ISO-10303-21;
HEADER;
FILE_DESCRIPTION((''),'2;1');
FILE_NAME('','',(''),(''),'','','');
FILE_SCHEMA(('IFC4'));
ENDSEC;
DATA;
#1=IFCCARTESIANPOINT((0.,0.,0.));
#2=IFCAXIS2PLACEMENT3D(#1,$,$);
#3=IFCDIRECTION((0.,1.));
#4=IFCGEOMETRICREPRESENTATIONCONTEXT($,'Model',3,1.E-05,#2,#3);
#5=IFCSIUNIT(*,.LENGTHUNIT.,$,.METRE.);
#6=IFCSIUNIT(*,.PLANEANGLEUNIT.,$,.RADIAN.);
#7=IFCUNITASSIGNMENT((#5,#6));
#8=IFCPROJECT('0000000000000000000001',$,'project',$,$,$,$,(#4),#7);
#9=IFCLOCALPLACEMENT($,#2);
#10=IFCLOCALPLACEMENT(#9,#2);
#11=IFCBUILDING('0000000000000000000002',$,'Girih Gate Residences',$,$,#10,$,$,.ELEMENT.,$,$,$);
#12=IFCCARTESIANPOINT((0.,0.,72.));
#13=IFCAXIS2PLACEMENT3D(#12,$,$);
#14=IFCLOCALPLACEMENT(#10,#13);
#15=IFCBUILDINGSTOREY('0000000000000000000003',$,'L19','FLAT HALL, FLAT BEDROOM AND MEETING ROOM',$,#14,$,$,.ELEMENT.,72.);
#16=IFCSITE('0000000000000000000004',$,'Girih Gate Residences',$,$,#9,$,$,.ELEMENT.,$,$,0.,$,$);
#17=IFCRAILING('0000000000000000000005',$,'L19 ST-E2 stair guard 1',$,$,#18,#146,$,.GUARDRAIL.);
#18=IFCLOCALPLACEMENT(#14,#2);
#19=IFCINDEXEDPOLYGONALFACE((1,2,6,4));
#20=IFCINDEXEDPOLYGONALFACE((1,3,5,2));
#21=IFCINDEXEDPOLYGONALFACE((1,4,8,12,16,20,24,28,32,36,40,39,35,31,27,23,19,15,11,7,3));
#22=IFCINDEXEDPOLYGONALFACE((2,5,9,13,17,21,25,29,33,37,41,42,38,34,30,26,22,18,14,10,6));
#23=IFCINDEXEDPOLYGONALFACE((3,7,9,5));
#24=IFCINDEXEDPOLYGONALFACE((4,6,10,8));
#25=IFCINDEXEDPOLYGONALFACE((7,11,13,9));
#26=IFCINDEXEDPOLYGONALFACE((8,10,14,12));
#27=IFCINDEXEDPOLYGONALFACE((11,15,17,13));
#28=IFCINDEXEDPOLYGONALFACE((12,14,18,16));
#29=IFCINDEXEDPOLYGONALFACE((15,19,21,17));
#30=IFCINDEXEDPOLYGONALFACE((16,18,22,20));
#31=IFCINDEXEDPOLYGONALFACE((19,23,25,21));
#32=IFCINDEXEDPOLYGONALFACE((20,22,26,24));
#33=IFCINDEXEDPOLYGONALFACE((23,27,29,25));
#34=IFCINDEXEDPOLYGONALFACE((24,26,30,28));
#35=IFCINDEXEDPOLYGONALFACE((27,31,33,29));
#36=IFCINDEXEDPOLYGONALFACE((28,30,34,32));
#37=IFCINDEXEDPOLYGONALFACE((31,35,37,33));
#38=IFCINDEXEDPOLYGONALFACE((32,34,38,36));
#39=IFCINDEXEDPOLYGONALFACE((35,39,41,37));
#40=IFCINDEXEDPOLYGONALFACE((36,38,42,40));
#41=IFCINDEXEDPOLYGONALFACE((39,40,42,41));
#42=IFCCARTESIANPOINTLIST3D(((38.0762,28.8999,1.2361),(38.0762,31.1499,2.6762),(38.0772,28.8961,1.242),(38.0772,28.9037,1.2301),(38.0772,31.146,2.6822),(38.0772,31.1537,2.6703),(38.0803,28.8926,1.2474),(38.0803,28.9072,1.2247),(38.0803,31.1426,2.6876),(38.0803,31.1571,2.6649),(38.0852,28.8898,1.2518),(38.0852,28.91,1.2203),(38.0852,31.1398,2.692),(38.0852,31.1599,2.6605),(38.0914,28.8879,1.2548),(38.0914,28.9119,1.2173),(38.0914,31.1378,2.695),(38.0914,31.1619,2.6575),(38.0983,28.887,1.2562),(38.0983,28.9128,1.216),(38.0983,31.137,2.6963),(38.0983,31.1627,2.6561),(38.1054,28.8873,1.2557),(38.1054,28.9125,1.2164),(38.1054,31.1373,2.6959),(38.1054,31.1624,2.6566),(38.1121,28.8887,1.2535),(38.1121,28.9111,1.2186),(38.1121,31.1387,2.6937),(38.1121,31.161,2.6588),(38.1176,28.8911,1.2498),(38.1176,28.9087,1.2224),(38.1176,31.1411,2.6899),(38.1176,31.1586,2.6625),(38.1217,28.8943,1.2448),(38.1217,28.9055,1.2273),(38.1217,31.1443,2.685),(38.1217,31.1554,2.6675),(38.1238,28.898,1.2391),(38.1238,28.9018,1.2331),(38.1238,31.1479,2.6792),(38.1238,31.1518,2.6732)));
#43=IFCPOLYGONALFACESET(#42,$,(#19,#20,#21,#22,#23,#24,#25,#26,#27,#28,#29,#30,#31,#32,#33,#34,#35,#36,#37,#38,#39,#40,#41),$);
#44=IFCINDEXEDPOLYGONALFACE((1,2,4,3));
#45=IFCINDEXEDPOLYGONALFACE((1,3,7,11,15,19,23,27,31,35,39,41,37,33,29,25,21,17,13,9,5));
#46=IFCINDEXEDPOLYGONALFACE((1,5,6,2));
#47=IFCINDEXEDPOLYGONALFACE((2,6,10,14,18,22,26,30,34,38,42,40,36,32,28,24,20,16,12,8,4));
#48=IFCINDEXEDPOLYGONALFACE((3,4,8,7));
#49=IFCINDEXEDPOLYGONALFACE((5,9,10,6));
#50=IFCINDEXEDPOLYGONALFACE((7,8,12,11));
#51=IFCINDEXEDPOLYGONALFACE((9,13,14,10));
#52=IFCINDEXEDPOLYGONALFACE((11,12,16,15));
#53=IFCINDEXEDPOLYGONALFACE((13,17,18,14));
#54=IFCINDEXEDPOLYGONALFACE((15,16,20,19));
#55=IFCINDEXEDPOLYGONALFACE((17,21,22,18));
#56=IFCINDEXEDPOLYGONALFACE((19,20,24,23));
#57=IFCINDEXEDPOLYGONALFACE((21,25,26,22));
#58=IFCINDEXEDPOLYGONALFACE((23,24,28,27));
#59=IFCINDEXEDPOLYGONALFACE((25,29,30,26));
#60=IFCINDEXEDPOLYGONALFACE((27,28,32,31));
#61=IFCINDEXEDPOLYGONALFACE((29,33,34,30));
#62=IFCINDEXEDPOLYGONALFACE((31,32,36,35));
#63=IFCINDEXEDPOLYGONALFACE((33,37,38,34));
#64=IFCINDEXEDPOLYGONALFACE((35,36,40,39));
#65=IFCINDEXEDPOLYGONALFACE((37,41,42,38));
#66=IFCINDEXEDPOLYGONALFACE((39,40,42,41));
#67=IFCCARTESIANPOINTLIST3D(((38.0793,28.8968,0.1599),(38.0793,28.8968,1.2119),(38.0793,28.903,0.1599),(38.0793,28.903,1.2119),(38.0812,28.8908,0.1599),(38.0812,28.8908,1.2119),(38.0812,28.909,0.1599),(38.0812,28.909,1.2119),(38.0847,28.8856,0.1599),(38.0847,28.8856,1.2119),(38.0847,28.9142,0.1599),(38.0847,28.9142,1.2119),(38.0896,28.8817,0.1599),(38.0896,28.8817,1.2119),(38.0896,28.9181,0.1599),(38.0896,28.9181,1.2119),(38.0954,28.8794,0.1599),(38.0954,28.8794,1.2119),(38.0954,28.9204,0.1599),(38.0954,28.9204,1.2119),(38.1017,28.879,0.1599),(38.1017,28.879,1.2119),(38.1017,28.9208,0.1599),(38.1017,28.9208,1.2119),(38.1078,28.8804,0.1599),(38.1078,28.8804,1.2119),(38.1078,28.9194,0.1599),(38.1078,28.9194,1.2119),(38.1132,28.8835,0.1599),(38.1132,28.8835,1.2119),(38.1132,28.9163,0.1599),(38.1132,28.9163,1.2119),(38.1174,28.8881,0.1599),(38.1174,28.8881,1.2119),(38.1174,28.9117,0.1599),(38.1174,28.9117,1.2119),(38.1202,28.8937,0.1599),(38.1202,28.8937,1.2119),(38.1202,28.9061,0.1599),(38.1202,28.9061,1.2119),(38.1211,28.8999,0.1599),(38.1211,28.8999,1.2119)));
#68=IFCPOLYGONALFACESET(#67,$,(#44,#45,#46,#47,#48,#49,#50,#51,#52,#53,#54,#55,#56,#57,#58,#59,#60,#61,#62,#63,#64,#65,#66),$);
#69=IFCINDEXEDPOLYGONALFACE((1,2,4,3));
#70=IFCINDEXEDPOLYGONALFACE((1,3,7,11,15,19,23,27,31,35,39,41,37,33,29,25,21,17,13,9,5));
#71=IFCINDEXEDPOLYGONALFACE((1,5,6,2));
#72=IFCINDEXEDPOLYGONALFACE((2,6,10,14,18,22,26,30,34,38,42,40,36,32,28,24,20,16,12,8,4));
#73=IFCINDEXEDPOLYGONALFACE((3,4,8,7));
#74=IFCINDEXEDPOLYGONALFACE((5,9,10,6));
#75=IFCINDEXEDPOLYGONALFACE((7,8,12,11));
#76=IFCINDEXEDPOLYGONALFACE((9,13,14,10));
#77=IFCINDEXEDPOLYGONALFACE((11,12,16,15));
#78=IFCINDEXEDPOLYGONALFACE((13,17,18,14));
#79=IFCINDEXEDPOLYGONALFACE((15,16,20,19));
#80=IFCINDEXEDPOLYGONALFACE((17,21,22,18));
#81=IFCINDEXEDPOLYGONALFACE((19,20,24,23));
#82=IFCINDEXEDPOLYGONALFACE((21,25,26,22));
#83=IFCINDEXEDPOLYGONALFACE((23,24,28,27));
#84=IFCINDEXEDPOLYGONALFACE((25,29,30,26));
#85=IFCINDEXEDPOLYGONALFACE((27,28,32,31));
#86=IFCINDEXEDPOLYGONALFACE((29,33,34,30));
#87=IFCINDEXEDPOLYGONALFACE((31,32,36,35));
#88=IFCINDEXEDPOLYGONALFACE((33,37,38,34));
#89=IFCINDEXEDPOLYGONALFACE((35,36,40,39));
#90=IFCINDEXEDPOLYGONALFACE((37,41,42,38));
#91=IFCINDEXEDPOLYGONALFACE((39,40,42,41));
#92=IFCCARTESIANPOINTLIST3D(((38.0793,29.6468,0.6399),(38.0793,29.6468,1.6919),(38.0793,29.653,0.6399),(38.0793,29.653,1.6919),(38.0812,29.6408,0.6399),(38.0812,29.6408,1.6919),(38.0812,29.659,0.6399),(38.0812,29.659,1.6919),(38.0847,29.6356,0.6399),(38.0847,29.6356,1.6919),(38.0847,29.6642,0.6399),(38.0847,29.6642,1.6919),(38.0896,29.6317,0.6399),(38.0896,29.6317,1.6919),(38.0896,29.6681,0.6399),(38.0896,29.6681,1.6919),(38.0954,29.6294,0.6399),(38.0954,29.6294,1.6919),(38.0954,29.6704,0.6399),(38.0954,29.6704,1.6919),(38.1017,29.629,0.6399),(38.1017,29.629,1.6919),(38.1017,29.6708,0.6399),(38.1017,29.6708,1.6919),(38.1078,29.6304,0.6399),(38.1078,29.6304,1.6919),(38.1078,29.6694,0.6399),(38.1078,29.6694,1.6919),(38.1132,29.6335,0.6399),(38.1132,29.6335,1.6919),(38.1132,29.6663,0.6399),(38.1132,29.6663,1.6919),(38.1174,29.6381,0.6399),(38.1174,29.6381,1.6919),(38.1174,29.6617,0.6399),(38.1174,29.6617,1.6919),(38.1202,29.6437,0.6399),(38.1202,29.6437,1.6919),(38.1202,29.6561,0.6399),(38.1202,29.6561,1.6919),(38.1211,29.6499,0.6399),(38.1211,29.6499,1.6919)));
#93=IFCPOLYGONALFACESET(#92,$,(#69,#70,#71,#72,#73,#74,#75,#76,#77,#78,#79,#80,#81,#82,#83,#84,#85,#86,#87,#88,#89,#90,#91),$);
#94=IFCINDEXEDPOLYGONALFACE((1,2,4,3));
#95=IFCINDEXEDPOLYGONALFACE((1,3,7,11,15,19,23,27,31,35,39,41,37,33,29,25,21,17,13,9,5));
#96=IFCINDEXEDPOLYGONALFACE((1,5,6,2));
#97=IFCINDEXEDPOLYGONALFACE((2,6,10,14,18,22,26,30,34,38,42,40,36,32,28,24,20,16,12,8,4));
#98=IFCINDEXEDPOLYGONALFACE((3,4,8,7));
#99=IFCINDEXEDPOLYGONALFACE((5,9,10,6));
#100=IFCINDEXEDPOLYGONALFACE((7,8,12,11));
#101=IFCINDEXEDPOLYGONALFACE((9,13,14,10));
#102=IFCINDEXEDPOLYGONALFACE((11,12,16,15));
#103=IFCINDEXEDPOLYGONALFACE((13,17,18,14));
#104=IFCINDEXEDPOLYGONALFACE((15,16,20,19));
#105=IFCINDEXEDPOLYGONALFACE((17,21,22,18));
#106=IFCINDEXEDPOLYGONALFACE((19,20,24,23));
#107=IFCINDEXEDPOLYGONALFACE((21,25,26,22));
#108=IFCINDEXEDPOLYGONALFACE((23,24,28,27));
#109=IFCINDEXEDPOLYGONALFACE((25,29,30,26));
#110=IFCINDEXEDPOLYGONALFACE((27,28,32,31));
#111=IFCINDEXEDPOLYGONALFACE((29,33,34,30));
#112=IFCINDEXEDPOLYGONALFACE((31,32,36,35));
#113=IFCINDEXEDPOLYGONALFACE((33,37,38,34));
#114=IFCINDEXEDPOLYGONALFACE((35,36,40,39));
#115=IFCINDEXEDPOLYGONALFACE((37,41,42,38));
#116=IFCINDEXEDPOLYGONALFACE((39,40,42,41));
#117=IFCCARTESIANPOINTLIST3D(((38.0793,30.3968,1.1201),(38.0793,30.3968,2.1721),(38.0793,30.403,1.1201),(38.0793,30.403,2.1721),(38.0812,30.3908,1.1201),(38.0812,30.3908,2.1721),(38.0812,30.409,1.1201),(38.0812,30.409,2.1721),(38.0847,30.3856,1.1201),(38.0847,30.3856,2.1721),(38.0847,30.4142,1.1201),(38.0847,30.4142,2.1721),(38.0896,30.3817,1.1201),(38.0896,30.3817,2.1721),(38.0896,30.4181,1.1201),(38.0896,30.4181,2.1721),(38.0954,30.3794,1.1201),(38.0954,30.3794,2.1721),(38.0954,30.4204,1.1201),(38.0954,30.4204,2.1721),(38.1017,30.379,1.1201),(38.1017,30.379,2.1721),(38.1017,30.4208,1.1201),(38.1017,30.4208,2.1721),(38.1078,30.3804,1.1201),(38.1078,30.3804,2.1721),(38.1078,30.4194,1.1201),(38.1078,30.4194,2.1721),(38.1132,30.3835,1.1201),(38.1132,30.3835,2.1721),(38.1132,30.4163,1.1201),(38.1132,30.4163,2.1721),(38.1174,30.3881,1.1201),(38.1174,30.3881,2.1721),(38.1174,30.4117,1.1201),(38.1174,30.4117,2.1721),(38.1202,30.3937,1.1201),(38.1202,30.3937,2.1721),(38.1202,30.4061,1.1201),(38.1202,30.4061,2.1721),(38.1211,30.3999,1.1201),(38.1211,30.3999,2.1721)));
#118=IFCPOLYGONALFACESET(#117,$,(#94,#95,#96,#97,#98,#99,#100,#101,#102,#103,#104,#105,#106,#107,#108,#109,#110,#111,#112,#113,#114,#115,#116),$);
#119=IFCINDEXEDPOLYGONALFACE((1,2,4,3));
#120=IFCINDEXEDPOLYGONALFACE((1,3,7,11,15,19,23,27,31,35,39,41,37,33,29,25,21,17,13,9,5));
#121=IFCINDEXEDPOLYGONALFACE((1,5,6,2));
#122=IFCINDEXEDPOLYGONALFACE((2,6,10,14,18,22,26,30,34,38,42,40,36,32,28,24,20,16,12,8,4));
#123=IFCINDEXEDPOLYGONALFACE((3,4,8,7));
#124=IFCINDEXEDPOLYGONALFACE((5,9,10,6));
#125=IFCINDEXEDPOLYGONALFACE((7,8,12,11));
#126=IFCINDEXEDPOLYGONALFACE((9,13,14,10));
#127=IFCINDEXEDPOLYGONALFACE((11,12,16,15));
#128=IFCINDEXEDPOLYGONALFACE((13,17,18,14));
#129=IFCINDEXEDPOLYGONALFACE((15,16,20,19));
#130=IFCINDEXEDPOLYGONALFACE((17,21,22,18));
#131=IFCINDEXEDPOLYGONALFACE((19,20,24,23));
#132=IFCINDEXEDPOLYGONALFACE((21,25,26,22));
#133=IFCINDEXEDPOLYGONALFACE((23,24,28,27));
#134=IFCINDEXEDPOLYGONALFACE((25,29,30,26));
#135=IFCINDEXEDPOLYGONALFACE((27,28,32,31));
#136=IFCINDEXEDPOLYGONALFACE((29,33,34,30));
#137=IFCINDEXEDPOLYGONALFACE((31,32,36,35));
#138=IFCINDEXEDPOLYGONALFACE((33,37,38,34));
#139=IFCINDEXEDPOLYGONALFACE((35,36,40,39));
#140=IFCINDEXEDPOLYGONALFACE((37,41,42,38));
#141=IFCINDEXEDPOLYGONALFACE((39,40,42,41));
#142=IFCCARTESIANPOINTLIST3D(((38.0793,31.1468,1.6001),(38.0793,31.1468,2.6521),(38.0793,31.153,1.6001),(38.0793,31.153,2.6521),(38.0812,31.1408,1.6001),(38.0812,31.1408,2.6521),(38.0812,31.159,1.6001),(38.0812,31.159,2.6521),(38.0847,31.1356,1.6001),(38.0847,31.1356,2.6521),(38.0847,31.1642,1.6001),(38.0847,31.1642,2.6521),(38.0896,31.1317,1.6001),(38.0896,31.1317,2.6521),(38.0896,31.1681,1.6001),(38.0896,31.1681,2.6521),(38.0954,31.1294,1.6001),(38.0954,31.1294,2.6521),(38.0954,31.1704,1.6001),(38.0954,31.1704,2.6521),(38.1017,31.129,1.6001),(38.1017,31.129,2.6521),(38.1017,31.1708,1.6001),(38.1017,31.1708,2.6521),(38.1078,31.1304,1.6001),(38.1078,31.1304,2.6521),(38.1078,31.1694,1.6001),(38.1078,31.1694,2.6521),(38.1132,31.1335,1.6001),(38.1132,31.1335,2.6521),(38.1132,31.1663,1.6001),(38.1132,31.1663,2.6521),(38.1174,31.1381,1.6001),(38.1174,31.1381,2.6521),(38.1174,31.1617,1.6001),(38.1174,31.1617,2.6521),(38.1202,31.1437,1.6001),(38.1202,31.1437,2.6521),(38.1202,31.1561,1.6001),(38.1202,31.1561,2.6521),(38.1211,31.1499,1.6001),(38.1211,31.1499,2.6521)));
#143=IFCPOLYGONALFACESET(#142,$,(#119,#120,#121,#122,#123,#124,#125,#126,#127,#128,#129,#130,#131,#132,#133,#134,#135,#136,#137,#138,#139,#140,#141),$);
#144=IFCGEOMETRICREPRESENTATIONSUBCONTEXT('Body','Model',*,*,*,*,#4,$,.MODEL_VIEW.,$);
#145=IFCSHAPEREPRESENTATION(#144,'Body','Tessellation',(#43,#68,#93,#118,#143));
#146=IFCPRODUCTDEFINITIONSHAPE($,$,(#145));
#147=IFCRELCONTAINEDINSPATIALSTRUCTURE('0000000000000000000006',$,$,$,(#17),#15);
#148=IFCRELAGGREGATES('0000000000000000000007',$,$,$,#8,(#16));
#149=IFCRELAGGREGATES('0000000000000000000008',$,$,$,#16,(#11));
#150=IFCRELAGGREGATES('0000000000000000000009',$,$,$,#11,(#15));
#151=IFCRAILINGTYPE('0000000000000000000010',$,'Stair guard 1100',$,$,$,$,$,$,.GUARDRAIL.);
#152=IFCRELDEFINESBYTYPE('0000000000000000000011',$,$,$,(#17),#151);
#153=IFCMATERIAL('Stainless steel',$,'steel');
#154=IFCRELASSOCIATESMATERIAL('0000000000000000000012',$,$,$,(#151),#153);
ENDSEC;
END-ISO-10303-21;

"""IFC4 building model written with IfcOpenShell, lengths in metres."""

from ifc_helpers import new_model, si_unit, direction, frame, origin, origin_2d, place, context, subcontext, project, spatial, circle, extrude, material, type_object, element, save


model = new_model("IFC4")

# Units and contexts
model_context = context("Model", 3, precision=1e-05, world=origin(), true_north=direction((0.0, 1.0)))
body_context = subcontext(model_context, "Body", "Model", "MODEL_VIEW")
ifc_project = project(units=[si_unit("LENGTHUNIT", "METRE"), si_unit("PLANEANGLEUNIT", "RADIAN")], contexts=[model_context])

# Site, building, storey
site_placement = place(None, origin())
site = spatial("IfcSite", under=ifc_project, at=site_placement, Name="Girih Gate Residences", CompositionType="ELEMENT", RefElevation=0.0)
building_placement = place(site_placement, origin())
building = spatial("IfcBuilding", under=site, at=building_placement, Name="Girih Gate Residences", CompositionType="ELEMENT")
storey_placement = place(building_placement, frame((0.0, 0.0, 72.0)))
storey = spatial("IfcBuildingStorey", under=building, at=storey_placement, Name="L19", Description="FLAT HALL, FLAT BEDROOM AND MEETING ROOM", CompositionType="ELEMENT", Elevation=72.0)

# Railing
ifc_material_1 = material(Name="Stainless steel", Category="steel")
railing_type_1 = type_object("IfcRailingType", Name="Stair guard 1100", PredefinedType="GUARDRAIL", material=ifc_material_1)
railing_1_placement = place(storey_placement, frame((38.1001, 28.8999, 0.1599)))
element("IfcRailing", 1, at=railing_1_placement, inside=storey, type_object=railing_type_1, Name="L19 ST-E2 stair guard 1", PredefinedType="GUARDRAIL", context=body_context, shape_type="SweptSolid", body=[
    extrude(circle(Radius=0.0239, at=origin_2d()), frame((0.0, 0.0, 1.0762), z_axis=(0.0, 0.84224, 0.539103), x_axis=(-1.0, 0.0, 0.0)), (0.0, 0.0, 1.0), 2.6714),
    extrude(circle(Radius=0.021, at=origin_2d()), origin(), (0.0, 0.0, 1.0), 1.052),
    extrude(circle(Radius=0.021, at=origin_2d()), frame((0.0, 0.75, 0.48)), (0.0, 0.0, 1.0), 1.052),
    extrude(circle(Radius=0.021, at=origin_2d()), frame((0.0, 1.5, 0.9602)), (0.0, 0.0, 1.0), 1.052),
    extrude(circle(Radius=0.021, at=origin_2d()), frame((0.0, 2.25, 1.4402)), (0.0, 0.0, 1.0), 1.052),
])

save(model, "model.ifc")
